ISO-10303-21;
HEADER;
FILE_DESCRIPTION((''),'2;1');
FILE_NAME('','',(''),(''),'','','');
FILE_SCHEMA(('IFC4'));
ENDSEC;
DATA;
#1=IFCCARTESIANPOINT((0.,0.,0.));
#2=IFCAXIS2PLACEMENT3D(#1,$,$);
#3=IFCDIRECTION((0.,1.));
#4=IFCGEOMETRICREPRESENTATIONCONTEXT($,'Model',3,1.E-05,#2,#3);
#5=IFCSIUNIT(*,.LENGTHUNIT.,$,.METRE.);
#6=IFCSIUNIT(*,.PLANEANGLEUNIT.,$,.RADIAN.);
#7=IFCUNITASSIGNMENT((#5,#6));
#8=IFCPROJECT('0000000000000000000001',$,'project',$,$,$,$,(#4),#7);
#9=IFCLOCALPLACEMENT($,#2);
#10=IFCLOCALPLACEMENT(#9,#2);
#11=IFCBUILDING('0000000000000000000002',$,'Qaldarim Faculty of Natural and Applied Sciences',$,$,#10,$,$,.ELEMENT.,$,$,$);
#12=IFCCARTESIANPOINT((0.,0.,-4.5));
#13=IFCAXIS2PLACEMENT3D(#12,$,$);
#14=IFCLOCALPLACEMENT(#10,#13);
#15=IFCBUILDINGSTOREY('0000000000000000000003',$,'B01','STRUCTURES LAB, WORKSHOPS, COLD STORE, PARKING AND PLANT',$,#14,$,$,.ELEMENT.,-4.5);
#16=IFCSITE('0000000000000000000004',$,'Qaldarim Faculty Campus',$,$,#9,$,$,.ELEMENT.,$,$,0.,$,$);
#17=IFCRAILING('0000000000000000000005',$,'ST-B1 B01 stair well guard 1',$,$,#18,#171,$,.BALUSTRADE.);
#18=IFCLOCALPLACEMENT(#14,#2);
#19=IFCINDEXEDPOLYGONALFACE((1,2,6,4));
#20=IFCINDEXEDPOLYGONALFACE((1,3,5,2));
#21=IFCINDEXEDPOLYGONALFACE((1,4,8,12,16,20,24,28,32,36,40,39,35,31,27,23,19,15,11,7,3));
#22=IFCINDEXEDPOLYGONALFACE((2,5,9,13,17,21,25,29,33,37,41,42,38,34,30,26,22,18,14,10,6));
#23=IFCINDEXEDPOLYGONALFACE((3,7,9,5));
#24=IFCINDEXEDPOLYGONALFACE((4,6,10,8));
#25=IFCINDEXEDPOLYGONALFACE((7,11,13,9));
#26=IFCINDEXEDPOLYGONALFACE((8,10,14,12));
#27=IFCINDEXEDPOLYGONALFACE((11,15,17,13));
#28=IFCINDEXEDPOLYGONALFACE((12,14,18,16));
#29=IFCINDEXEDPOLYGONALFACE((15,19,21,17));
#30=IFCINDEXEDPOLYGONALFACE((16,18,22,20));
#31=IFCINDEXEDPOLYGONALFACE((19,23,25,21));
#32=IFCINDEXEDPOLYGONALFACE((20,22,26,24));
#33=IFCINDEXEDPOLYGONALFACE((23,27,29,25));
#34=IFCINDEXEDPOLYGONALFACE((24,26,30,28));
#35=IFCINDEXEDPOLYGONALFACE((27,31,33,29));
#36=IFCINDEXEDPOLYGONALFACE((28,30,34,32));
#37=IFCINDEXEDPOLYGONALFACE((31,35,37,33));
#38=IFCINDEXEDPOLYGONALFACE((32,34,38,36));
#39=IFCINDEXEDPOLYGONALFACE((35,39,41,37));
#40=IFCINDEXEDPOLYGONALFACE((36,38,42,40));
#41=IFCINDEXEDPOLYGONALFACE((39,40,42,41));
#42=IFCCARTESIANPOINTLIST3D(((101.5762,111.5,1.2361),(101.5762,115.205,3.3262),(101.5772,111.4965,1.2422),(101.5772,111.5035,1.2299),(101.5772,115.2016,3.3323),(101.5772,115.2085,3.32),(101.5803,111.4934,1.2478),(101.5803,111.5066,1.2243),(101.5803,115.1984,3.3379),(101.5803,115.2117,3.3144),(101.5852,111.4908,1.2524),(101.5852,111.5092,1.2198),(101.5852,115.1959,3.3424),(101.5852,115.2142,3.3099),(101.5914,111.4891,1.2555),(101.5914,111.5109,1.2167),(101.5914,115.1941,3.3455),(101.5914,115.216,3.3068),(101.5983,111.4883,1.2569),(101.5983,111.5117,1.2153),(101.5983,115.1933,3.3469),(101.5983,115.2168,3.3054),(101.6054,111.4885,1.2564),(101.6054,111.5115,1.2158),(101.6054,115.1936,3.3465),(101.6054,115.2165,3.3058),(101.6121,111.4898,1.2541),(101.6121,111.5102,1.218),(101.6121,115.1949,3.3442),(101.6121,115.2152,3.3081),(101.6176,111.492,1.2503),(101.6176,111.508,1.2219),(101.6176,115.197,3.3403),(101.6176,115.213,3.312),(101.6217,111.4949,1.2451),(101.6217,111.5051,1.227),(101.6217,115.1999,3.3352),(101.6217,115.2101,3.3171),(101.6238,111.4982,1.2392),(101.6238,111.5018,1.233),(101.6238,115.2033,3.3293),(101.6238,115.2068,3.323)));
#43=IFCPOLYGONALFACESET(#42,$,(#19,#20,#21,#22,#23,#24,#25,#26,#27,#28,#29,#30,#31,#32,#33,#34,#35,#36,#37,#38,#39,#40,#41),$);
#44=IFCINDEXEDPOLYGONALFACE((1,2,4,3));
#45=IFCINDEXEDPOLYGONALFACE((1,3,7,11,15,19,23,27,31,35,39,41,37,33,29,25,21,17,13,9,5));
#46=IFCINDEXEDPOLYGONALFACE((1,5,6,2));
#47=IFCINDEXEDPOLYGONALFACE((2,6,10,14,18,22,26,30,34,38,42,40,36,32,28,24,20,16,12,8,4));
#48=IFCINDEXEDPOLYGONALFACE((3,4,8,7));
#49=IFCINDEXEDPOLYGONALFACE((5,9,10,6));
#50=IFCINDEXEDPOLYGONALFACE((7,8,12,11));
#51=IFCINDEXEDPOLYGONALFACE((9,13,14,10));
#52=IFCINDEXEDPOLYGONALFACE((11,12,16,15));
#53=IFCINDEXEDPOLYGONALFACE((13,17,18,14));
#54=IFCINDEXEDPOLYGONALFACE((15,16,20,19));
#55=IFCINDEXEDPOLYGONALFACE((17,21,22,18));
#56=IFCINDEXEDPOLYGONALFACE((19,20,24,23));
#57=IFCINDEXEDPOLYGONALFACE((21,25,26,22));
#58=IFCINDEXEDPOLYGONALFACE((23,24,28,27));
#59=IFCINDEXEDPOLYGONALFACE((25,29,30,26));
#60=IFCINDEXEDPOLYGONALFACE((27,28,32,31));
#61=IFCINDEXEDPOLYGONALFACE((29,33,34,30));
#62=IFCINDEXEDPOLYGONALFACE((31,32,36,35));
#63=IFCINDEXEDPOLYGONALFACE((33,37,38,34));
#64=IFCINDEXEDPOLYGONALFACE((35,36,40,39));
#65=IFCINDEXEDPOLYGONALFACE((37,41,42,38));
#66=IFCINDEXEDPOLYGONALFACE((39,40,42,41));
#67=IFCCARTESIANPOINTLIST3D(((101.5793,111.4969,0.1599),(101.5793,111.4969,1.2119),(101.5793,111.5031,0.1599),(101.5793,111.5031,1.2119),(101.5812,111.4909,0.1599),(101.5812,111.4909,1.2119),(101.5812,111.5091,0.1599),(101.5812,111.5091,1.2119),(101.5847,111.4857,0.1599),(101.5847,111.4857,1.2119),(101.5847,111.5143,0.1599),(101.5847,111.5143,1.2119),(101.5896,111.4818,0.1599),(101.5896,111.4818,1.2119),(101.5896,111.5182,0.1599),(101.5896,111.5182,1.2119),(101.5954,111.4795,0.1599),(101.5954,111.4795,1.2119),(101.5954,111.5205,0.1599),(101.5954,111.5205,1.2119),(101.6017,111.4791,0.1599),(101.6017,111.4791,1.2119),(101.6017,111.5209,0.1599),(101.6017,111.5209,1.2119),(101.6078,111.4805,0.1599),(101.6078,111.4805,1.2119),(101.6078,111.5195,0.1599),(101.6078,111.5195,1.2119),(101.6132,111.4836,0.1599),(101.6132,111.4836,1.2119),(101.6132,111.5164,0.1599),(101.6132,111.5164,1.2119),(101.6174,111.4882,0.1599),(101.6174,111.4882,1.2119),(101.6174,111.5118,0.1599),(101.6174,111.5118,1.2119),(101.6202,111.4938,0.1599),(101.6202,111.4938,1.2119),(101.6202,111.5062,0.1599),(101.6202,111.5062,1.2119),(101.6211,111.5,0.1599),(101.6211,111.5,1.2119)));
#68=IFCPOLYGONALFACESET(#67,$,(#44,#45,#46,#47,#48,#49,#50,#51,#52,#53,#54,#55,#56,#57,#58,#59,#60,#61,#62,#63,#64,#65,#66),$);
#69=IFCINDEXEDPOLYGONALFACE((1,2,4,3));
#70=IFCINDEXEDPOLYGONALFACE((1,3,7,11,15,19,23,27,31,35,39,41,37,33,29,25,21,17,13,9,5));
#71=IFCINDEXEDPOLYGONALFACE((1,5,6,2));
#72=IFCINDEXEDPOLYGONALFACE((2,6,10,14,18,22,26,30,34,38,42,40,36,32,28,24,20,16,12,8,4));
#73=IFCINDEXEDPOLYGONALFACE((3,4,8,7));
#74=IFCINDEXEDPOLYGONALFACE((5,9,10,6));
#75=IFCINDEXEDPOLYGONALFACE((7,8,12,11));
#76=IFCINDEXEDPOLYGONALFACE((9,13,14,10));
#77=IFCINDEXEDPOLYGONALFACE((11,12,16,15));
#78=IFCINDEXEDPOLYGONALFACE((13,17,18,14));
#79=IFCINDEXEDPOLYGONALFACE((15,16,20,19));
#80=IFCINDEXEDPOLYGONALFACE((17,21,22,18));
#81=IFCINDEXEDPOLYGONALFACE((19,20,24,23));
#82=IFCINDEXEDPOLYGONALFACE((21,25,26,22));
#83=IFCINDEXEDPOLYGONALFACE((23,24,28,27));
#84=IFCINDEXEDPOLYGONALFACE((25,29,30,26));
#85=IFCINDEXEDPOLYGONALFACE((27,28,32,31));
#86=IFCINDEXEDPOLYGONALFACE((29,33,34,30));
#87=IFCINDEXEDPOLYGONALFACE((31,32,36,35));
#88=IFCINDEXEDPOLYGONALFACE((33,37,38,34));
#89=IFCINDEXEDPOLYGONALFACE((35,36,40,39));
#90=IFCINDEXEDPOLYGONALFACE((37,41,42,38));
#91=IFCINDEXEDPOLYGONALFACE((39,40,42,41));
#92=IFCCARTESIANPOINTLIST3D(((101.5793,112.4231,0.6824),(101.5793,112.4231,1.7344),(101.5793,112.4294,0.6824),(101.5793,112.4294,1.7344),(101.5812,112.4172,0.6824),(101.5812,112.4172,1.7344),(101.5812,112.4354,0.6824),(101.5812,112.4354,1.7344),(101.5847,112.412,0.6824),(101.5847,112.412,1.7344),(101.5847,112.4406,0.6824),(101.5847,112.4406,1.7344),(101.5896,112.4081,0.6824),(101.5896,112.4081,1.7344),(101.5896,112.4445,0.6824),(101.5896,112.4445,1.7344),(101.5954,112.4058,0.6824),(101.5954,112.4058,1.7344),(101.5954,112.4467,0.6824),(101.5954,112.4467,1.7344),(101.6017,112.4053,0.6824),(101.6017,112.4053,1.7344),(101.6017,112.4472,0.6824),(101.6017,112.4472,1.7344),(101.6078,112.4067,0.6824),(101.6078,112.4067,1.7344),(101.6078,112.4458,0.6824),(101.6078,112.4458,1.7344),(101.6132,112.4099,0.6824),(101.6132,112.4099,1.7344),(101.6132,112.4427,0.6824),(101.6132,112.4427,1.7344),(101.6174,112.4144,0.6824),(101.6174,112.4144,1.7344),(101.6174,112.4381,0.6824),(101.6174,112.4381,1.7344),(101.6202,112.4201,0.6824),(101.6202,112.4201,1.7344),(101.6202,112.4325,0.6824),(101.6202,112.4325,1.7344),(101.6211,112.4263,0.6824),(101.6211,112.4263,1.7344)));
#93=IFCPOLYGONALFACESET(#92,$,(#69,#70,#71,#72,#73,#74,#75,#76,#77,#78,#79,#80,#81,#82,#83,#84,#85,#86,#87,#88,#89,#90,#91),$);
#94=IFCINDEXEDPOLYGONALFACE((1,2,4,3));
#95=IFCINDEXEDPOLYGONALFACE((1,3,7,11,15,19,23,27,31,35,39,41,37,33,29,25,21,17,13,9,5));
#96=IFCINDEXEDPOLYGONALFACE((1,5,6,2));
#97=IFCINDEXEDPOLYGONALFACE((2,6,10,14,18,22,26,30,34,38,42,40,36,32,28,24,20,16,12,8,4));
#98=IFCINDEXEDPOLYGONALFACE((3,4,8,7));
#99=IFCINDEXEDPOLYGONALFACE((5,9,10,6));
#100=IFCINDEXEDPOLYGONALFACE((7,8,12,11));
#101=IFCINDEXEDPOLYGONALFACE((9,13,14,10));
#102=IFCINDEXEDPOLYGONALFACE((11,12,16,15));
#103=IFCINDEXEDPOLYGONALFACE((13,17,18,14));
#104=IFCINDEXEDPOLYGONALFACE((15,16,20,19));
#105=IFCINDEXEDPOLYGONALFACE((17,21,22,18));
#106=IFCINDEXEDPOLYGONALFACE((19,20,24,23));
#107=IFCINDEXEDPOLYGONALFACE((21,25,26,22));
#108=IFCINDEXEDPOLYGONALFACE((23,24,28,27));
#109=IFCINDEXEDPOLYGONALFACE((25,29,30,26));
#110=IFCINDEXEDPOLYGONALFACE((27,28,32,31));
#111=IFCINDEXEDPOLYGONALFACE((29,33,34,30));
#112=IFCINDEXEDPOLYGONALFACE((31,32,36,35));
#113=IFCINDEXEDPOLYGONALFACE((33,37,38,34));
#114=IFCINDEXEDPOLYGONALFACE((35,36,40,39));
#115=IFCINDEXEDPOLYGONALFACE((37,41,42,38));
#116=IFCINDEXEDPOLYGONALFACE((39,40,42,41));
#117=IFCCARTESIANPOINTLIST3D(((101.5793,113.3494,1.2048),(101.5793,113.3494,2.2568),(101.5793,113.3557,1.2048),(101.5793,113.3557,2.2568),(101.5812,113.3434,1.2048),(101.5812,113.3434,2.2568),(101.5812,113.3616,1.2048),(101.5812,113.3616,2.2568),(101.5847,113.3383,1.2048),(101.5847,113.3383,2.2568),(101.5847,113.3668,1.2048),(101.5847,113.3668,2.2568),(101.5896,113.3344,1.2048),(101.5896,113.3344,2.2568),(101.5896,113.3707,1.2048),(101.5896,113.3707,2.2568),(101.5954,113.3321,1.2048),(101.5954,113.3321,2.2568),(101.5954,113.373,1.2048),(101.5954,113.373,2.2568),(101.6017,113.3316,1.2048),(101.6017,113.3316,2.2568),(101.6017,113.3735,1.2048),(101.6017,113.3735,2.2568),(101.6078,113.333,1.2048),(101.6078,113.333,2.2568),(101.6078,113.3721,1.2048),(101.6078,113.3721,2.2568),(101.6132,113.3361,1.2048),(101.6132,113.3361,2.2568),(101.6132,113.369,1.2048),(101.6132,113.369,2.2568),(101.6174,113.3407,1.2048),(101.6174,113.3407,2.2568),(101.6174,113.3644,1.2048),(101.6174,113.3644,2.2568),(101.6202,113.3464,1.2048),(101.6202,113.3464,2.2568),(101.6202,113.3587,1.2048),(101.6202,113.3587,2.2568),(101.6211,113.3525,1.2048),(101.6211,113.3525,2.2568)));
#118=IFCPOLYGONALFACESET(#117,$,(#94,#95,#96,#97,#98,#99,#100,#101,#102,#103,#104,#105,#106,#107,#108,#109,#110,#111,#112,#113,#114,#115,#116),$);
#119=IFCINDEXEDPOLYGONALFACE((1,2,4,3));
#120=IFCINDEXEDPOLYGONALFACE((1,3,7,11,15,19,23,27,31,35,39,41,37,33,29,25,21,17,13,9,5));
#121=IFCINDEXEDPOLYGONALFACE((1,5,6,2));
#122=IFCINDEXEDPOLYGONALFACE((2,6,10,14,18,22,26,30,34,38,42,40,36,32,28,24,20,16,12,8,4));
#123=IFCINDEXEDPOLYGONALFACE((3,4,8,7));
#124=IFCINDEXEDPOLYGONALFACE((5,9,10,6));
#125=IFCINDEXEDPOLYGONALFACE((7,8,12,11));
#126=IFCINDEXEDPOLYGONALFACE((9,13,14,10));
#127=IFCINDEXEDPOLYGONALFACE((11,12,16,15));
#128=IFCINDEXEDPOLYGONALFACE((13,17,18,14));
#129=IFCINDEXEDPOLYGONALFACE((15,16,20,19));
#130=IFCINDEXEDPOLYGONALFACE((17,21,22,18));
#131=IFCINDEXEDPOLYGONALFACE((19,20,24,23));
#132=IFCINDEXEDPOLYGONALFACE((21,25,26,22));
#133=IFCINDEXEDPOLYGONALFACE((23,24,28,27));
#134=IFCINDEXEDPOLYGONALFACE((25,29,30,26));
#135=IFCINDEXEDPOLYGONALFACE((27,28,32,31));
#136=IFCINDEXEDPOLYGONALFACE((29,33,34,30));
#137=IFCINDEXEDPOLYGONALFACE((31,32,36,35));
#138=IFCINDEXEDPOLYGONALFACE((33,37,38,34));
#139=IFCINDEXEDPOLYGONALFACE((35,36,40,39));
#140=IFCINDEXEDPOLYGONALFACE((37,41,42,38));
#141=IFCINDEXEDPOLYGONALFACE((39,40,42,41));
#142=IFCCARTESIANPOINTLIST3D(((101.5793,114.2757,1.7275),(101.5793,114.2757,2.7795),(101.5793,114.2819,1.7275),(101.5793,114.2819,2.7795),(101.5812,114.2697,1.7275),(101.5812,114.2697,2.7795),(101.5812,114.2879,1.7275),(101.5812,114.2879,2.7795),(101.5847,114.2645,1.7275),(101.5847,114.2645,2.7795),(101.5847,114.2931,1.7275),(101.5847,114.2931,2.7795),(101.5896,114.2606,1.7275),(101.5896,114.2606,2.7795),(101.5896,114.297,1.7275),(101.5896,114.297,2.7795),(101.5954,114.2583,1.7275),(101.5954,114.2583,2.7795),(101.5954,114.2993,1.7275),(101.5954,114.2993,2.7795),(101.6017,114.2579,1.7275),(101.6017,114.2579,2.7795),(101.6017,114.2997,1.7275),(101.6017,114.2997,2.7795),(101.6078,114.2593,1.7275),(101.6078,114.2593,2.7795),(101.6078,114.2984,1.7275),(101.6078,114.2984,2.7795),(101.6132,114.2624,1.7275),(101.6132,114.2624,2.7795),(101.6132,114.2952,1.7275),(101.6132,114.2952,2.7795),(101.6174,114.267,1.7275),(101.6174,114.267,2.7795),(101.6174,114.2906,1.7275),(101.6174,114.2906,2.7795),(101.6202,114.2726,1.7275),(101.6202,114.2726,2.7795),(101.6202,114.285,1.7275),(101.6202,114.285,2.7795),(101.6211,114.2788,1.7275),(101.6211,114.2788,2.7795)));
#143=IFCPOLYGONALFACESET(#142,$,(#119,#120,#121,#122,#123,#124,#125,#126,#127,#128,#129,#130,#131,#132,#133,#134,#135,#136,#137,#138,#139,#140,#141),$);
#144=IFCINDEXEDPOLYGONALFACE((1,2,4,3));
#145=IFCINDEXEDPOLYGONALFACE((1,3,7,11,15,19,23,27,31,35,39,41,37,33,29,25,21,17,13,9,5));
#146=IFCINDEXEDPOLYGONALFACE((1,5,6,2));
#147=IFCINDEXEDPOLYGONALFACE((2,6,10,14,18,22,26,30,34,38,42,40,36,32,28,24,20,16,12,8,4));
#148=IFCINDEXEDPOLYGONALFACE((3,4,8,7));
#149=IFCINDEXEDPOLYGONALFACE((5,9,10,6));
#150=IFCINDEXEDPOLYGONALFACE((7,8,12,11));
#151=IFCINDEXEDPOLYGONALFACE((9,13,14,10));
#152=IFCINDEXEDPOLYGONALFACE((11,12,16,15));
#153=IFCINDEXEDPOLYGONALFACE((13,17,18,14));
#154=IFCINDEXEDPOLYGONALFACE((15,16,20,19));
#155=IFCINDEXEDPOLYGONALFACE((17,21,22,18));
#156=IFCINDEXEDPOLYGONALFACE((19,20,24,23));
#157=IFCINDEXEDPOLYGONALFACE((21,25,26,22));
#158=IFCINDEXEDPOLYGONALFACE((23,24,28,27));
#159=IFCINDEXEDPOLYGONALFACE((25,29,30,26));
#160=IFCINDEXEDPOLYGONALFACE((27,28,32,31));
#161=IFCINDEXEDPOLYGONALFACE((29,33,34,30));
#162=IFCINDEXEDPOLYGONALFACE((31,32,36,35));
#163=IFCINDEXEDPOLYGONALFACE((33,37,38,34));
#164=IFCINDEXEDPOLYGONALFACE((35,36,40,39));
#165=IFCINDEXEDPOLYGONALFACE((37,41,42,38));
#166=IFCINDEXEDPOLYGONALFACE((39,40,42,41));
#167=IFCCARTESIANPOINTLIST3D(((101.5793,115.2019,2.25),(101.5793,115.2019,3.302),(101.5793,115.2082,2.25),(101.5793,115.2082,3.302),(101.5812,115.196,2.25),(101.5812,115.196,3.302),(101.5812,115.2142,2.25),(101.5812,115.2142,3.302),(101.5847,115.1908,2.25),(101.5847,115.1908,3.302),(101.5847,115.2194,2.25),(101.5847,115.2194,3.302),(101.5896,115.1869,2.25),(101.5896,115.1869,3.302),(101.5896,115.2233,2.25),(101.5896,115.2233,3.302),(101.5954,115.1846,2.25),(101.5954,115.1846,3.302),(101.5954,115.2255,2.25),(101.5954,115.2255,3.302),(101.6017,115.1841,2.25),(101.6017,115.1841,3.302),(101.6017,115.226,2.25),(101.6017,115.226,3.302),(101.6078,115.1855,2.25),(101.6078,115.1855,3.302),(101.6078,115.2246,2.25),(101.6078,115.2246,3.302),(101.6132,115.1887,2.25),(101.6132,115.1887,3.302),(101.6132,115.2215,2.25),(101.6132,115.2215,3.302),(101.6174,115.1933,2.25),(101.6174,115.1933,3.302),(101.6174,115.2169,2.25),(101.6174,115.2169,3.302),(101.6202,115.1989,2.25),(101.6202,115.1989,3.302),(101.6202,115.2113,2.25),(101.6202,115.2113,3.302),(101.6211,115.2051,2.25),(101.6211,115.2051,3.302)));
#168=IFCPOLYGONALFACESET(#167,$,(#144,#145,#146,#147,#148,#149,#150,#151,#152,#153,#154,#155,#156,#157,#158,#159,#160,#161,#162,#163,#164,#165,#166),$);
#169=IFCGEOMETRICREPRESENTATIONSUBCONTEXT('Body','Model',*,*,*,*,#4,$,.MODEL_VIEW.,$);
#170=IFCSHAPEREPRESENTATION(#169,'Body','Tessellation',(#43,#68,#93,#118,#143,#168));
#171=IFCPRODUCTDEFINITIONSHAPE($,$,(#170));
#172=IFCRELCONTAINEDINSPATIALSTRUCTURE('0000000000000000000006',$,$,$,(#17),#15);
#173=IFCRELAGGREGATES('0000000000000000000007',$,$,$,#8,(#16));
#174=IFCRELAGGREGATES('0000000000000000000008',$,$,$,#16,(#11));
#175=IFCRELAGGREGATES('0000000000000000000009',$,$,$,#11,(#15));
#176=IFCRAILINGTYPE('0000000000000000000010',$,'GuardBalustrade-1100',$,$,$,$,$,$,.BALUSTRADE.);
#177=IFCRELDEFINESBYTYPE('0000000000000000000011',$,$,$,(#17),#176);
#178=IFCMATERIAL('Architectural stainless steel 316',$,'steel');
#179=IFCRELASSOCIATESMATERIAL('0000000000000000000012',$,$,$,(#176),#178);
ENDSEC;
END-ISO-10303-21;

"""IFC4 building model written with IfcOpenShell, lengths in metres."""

from ifc_helpers import new_model, si_unit, direction, frame, origin, origin_2d, place, context, subcontext, project, spatial, circle, extrude, material, type_object, element, save


model = new_model("IFC4")

# Units and contexts
model_context = context("Model", 3, precision=1e-05, world=origin(), true_north=direction((0.0, 1.0)))
body_context = subcontext(model_context, "Body", "Model", "MODEL_VIEW")
ifc_project = project(units=[si_unit("LENGTHUNIT", "METRE"), si_unit("PLANEANGLEUNIT", "RADIAN")], contexts=[model_context])

# Site, building, storey
site_placement = place(None, origin())
site = spatial("IfcSite", under=ifc_project, at=site_placement, Name="Qaldarim Faculty Campus", CompositionType="ELEMENT", RefElevation=0.0)
building_placement = place(site_placement, origin())
building = spatial("IfcBuilding", under=site, at=building_placement, Name="Qaldarim Faculty of Natural and Applied Sciences", CompositionType="ELEMENT")
storey_placement = place(building_placement, frame((0.0, 0.0, -4.5)))
storey = spatial("IfcBuildingStorey", under=building, at=storey_placement, Name="B01", Description="STRUCTURES LAB, WORKSHOPS, COLD STORE, PARKING AND PLANT", CompositionType="ELEMENT", Elevation=-4.5)

# Shared definitions
ifc_material_1 = material(Name="Architectural stainless steel 316", Category="steel")

# Railing
railing_type_1 = type_object("IfcRailingType", Name="GuardBalustrade-1100", PredefinedType="BALUSTRADE", material=ifc_material_1)
railing_1_placement = place(storey_placement, frame((101.6001, 111.5, 0.1599)))
element("IfcRailing", 1, at=railing_1_placement, inside=storey, type_object=railing_type_1, Name="ST-B1 B01 stair well guard 1", PredefinedType="BALUSTRADE", context=body_context, shape_type="SweptSolid", body=[
    extrude(circle(Radius=0.0239, at=origin_2d()), frame((0.0, 0.0, 1.0762), z_axis=(0.0, 0.870974, 0.491329), x_axis=(-1.0, 0.0, 0.0)), (0.0, 0.0, 1.0), 4.2539),
    extrude(circle(Radius=0.021, at=origin_2d()), origin(), (0.0, 0.0, 1.0), 1.052),
    extrude(circle(Radius=0.021, at=origin_2d()), frame((0.0, 0.9263, 0.5225)), (0.0, 0.0, 1.0), 1.052),
    extrude(circle(Radius=0.021, at=origin_2d()), frame((0.0, 1.8525, 1.0449)), (0.0, 0.0, 1.0), 1.052),
    extrude(circle(Radius=0.021, at=origin_2d()), frame((0.0, 2.7788, 1.5676)), (0.0, 0.0, 1.0), 1.052),
    extrude(circle(Radius=0.021, at=origin_2d()), frame((0.0, 3.7051, 2.0901)), (0.0, 0.0, 1.0), 1.052),
])

save(model, "model.ifc")
